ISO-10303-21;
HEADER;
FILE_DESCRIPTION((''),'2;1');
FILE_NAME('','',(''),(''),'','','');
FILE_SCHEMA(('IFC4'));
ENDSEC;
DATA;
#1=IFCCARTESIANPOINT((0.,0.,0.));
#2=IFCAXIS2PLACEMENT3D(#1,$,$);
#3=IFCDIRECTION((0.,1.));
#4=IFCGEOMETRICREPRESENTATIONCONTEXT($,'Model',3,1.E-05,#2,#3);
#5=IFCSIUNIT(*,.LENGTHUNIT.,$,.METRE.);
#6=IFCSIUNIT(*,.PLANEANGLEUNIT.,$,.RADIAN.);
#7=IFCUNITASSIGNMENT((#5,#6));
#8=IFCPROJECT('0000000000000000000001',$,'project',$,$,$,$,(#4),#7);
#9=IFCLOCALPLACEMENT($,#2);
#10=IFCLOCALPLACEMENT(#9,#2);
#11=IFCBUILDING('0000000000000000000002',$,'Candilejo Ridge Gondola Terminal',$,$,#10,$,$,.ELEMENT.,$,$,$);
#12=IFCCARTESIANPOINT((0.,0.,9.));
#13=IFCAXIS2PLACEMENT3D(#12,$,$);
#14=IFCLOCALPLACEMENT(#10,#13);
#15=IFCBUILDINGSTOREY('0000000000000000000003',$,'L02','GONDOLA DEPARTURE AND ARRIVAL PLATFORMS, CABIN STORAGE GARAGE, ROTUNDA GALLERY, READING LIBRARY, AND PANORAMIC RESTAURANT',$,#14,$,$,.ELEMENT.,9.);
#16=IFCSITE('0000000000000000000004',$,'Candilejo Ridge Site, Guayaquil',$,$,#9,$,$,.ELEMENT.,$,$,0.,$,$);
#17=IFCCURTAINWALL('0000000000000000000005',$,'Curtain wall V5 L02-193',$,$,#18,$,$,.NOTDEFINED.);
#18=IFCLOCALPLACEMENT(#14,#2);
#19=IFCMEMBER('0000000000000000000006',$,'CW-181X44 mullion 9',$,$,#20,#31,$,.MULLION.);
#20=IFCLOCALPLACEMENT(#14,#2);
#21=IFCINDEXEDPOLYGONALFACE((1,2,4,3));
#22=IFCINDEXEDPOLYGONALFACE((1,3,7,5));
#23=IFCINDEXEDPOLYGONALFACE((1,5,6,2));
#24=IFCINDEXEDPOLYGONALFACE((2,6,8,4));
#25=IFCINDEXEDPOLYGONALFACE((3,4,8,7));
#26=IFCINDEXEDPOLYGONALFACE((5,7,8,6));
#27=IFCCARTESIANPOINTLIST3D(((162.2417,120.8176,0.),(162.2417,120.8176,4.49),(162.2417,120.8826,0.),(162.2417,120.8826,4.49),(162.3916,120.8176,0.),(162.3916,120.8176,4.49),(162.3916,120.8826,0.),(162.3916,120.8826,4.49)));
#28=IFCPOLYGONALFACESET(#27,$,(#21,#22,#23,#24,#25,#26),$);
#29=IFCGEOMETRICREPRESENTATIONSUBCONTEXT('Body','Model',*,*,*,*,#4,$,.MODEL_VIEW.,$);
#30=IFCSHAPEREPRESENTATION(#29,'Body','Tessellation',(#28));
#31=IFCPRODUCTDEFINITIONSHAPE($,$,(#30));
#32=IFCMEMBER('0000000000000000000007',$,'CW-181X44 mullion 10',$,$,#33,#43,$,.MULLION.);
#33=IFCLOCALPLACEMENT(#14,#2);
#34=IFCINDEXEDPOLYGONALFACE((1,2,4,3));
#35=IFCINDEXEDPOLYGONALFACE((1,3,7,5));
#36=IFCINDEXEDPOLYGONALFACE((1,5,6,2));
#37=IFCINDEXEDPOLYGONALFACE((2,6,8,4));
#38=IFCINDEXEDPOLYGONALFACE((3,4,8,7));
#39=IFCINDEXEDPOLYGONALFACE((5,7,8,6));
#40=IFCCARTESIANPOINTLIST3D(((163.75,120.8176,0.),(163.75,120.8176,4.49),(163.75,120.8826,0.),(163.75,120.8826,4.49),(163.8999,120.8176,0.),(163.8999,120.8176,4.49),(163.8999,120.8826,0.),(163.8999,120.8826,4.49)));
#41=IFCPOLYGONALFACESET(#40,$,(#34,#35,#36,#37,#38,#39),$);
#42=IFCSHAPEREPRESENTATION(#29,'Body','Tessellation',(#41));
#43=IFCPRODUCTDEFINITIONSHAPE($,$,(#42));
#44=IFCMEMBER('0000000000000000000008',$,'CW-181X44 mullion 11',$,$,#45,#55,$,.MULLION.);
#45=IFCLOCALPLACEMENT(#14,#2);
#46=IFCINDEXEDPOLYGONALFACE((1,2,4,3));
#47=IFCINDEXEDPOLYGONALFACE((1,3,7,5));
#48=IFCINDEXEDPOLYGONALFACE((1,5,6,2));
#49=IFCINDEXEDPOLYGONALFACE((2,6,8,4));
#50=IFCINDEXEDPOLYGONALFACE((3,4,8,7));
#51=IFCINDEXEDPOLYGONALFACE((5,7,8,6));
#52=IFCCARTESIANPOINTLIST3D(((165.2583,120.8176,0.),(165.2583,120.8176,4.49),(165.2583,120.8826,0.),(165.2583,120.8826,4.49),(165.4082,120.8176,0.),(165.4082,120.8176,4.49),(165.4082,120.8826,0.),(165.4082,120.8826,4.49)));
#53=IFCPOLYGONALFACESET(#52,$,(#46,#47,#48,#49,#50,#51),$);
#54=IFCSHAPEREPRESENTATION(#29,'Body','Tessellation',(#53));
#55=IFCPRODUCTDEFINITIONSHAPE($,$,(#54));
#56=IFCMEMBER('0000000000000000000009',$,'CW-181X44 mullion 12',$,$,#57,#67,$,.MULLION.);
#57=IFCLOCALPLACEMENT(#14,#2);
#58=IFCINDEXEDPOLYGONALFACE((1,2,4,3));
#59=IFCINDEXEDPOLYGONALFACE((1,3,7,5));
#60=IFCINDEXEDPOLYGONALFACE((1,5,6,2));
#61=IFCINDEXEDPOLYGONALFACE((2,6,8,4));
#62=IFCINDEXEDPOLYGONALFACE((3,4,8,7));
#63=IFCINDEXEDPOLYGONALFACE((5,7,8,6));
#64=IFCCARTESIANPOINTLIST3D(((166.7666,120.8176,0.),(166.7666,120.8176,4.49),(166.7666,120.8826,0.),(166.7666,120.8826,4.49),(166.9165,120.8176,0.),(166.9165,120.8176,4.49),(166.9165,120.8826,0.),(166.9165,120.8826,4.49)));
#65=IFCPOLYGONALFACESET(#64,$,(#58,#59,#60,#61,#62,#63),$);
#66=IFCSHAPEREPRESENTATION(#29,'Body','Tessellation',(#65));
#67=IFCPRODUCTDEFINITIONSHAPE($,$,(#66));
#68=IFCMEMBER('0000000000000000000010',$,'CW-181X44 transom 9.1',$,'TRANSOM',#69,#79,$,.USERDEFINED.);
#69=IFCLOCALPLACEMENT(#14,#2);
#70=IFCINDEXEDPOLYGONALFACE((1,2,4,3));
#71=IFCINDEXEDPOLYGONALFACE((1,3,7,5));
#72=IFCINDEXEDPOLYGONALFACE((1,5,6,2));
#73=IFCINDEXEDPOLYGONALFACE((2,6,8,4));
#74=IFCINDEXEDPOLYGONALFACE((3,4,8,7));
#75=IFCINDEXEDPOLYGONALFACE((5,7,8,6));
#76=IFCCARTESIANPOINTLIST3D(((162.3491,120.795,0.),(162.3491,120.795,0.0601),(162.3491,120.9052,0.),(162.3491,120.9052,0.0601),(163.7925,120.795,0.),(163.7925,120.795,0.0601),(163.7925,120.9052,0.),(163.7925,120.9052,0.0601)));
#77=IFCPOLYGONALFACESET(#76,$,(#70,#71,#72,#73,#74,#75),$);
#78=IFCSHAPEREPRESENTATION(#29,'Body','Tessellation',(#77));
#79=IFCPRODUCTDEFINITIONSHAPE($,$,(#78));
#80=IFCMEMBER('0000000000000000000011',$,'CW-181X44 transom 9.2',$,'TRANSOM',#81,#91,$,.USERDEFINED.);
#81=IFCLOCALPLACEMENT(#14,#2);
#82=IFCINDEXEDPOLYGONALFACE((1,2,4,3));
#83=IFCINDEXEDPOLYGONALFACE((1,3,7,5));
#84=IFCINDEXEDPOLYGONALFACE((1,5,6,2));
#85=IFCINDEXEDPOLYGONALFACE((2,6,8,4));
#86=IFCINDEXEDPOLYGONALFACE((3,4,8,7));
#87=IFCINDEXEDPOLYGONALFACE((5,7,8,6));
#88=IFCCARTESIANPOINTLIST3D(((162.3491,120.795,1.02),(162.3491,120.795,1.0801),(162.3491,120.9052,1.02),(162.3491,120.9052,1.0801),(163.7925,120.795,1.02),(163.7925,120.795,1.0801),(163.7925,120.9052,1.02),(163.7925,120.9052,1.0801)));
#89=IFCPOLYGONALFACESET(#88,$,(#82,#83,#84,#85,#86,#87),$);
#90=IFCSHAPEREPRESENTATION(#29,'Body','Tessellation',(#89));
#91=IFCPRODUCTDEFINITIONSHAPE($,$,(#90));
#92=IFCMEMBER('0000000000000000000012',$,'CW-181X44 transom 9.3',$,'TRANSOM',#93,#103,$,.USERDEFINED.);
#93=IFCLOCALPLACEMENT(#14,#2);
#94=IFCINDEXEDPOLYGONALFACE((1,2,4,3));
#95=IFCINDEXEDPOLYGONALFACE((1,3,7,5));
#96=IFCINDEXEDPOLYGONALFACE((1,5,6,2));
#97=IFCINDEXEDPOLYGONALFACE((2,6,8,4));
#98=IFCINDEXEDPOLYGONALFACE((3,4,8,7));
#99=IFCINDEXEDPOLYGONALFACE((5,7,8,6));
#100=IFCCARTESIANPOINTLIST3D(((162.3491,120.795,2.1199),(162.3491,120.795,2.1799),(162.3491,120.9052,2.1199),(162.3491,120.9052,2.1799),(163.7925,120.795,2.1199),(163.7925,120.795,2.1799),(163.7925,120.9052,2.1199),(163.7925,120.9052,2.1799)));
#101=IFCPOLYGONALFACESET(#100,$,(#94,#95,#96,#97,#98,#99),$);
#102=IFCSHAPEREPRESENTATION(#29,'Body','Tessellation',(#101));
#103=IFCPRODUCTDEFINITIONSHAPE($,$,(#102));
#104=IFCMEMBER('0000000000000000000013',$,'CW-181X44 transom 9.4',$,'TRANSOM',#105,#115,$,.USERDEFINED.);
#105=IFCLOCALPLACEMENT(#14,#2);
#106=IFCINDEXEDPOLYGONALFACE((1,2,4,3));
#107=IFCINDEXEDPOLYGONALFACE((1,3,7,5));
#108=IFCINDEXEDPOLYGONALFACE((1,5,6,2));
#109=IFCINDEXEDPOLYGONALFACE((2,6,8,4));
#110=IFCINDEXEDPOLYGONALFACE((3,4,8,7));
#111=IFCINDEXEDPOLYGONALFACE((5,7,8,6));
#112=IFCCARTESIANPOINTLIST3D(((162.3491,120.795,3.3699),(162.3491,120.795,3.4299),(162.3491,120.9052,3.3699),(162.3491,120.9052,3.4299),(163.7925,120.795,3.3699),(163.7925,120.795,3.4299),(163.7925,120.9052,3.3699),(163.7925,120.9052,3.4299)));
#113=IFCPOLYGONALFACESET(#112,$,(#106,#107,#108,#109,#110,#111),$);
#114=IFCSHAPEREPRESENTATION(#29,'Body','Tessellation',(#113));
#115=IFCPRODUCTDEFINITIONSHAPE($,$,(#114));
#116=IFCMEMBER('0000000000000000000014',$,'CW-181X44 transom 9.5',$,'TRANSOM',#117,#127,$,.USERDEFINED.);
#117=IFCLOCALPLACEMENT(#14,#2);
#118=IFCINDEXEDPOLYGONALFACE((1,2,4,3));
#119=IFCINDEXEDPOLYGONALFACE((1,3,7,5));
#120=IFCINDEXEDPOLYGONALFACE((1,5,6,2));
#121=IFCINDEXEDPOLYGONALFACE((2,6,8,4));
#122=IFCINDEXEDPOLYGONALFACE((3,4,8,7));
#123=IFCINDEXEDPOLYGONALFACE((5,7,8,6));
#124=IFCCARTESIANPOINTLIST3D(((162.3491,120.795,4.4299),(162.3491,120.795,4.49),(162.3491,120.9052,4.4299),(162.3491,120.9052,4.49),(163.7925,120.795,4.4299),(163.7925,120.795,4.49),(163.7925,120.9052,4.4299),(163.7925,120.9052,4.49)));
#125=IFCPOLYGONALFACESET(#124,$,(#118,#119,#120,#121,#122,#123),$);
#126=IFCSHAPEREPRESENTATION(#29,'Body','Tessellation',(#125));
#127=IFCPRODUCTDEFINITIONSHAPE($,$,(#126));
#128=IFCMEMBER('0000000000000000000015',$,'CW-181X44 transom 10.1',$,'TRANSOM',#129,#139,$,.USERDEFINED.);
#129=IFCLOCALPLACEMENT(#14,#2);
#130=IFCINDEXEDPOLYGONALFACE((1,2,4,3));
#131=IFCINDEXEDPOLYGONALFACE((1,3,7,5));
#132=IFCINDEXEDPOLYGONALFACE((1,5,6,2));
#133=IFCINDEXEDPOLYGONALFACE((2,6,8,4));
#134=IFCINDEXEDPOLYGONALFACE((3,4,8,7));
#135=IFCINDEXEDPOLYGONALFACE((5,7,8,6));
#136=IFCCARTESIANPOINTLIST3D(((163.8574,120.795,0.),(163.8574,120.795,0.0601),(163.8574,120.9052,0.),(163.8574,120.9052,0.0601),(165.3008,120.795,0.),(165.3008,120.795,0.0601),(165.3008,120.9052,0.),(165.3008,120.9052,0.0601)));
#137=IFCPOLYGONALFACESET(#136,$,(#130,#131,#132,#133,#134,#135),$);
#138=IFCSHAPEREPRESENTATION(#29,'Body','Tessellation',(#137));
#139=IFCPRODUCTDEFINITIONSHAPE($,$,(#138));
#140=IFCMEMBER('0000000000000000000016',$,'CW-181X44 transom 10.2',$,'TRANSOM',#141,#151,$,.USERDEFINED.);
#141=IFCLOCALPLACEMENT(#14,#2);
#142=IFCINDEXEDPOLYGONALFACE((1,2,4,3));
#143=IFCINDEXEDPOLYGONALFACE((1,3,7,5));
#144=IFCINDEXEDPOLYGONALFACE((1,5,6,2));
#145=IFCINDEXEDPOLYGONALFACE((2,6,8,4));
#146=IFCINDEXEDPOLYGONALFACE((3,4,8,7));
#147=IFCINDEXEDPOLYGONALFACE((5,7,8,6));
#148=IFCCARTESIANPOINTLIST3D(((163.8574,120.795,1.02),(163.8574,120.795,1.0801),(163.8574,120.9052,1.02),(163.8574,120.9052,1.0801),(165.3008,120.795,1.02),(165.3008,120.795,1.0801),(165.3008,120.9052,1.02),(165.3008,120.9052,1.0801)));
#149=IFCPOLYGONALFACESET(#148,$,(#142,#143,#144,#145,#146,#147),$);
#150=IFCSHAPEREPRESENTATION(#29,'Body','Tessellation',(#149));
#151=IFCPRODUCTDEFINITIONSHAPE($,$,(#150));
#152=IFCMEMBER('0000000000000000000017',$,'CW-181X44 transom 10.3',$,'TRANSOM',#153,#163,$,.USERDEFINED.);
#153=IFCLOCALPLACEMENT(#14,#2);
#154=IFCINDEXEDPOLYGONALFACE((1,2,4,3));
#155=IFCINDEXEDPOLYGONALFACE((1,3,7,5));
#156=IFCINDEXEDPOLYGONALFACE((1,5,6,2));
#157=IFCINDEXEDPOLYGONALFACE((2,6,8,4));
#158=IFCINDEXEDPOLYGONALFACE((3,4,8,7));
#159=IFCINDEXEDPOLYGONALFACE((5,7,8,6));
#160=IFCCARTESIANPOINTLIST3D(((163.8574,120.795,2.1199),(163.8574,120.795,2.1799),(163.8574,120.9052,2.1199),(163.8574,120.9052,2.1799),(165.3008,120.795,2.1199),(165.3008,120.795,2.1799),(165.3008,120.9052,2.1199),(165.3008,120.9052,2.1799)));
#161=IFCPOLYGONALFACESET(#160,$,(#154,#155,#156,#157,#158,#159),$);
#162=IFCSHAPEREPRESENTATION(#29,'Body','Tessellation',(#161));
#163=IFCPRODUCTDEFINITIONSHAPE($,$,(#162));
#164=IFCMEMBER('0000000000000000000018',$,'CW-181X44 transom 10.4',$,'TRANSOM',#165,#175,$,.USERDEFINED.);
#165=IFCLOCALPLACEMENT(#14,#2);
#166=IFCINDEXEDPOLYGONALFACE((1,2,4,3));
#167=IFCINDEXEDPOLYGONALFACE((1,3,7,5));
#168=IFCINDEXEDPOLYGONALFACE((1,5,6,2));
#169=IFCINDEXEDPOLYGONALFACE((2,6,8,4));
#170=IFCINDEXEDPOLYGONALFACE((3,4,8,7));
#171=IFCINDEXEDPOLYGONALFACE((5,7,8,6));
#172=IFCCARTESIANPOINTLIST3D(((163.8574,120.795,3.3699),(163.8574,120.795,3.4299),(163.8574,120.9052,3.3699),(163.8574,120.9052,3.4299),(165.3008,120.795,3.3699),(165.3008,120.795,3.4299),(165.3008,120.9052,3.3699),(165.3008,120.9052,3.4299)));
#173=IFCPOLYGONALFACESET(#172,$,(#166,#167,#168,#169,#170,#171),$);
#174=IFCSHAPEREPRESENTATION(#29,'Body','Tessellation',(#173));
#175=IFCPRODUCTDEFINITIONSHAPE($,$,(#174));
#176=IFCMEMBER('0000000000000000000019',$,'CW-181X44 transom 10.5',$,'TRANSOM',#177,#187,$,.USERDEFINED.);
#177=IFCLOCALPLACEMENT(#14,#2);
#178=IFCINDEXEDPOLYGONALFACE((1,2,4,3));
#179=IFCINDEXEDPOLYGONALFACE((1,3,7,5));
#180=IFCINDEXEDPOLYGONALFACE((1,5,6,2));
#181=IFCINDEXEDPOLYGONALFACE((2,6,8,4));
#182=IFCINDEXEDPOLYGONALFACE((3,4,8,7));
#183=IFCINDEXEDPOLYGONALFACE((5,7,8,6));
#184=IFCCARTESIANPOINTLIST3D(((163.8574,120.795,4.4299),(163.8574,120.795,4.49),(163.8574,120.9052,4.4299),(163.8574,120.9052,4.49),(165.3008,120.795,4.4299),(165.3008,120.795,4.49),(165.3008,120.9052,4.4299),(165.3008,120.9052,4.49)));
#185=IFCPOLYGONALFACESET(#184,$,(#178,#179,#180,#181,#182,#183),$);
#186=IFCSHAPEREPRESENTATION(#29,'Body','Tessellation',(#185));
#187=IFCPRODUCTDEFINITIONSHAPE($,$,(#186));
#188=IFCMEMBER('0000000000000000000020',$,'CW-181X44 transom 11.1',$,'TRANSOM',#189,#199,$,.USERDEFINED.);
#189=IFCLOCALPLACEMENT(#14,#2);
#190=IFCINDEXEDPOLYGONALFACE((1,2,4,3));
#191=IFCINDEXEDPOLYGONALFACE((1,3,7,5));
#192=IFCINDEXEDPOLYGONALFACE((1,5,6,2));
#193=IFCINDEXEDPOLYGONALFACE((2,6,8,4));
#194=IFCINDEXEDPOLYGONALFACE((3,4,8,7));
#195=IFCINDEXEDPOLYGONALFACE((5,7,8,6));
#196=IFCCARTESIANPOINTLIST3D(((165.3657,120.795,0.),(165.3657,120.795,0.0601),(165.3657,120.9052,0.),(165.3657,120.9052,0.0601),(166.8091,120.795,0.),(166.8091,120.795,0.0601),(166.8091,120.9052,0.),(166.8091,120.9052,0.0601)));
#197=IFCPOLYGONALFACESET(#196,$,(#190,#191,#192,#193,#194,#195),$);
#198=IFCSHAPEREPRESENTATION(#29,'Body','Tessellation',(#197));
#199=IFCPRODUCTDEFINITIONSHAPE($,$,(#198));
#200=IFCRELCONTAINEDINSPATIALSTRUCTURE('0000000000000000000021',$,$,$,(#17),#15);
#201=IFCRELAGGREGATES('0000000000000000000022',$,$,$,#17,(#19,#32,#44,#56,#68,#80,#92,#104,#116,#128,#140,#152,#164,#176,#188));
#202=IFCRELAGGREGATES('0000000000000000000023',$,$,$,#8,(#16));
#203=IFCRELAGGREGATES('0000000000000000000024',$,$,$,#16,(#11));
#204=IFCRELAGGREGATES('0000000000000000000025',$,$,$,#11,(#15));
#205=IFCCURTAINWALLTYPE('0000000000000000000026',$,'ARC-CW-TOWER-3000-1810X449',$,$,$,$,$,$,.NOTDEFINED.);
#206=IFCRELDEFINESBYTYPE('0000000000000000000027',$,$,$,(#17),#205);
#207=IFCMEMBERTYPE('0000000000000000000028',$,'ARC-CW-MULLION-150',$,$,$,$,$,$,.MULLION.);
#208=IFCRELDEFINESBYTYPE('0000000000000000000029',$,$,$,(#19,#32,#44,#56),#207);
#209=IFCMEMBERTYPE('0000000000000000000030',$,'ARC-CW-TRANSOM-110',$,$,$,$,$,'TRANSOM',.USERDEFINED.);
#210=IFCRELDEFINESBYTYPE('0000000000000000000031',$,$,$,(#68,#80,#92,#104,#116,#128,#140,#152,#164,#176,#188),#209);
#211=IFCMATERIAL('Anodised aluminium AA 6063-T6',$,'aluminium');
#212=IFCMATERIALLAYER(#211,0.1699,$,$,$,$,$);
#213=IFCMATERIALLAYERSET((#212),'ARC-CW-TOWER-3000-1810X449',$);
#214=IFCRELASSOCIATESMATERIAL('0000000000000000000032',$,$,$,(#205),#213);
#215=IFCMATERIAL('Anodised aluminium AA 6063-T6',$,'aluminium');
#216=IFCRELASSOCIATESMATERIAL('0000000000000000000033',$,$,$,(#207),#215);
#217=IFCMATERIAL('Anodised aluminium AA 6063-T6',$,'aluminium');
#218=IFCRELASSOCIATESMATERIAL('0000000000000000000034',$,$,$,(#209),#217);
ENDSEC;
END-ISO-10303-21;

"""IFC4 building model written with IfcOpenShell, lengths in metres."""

from ifc_helpers import new_model, si_unit, direction, frame, origin, origin_2d, place, context, subcontext, project, spatial, rectangle, extrude, material, layer, layer_set, material_profile, profile_set, type_object, element, aggregate, save


model = new_model("IFC4")

# Units and contexts
model_context = context("Model", 3, precision=1e-05, world=origin(), true_north=direction((0.0, 1.0)))
body_context = subcontext(model_context, "Body", "Model", "MODEL_VIEW")
ifc_project = project(units=[si_unit("LENGTHUNIT", "METRE"), si_unit("PLANEANGLEUNIT", "RADIAN")], contexts=[model_context])

# Site, building, storey
site_placement = place(None, origin())
site = spatial("IfcSite", under=ifc_project, at=site_placement, Name="Candilejo Ridge Site, Guayaquil", CompositionType="ELEMENT", RefElevation=0.0)
building_placement = place(site_placement, origin())
building = spatial("IfcBuilding", under=site, at=building_placement, Name="Candilejo Ridge Gondola Terminal", CompositionType="ELEMENT")
storey_placement = place(building_placement, frame((0.0, 0.0, 9.0)))
storey = spatial("IfcBuildingStorey", under=building, at=storey_placement, Name="L02", Description="GONDOLA DEPARTURE AND ARRIVAL PLATFORMS, CABIN STORAGE GARAGE, ROTUNDA GALLERY, READING LIBRARY, AND PANORAMIC RESTAURANT", CompositionType="ELEMENT", Elevation=9.0)

# Curtain wall, members
ifc_material_1 = material(Name="Anodised aluminium AA 6063-T6", Category="aluminium")
ifc_layer_1 = layer(ifc_material_1, 0.1699)
ifc_layer_set_1 = layer_set([ifc_layer_1], Name="ARC-CW-TOWER-3000-1810X449")
curtain_wall_type = type_object("IfcCurtainWallType", Name="ARC-CW-TOWER-3000-1810X449", PredefinedType="NOTDEFINED", material=ifc_layer_set_1)
curtain_wall_placement = place(storey_placement, origin())
curtain_wall = element("IfcCurtainWall", 1, at=curtain_wall_placement, inside=storey, type_object=curtain_wall_type, Name="Curtain wall V5 L02-193", PredefinedType="NOTDEFINED")
ifc_material_2 = material(Name="Anodised aluminium AA 6063-T6", Category="aluminium")
ifc_material_profile_1 = material_profile(ifc_material_2, rectangle(XDim=0.0649, YDim=0.1499, at=origin_2d()))
ifc_profile_set_1 = profile_set([ifc_material_profile_1], Name="Anodised aluminium AA 6063-T6")
member_type_1 = type_object("IfcMemberType", Name="ARC-CW-MULLION-150", PredefinedType="MULLION", material=ifc_profile_set_1)
member_1_placement = place(storey_placement, frame((162.3167, 120.8501, 0.0), z_axis=(0.0, 0.0, 1.0), x_axis=(0.0, 1.0, 0.0)))
member_1 = element("IfcMember", 2, at=member_1_placement, type_object=member_type_1, Name="CW-181X44 mullion 9", PredefinedType="MULLION", context=body_context, shape_type="SweptSolid", body=[
    extrude(rectangle(XDim=0.0649, YDim=0.1499, at=origin_2d()), origin(), (0.0, 0.0, 1.0), 4.49),
])
member_2_placement = place(storey_placement, frame((163.825, 120.8501, 0.0), z_axis=(0.0, 0.0, 1.0), x_axis=(0.0, 1.0, 0.0)))
member_2 = element("IfcMember", 3, at=member_2_placement, type_object=member_type_1, Name="CW-181X44 mullion 10", PredefinedType="MULLION", context=body_context, shape_type="SweptSolid", body=[
    extrude(rectangle(XDim=0.0649, YDim=0.1499, at=origin_2d()), origin(), (0.0, 0.0, 1.0), 4.49),
])
member_3_placement = place(storey_placement, frame((165.3333, 120.8501, 0.0), z_axis=(0.0, 0.0, 1.0), x_axis=(0.0, 1.0, 0.0)))
member_3 = element("IfcMember", 4, at=member_3_placement, type_object=member_type_1, Name="CW-181X44 mullion 11", PredefinedType="MULLION", context=body_context, shape_type="SweptSolid", body=[
    extrude(rectangle(XDim=0.0649, YDim=0.1499, at=origin_2d()), origin(), (0.0, 0.0, 1.0), 4.49),
])
member_4_placement = place(storey_placement, frame((166.8416, 120.8501, 0.0), z_axis=(0.0, 0.0, 1.0), x_axis=(0.0, 1.0, 0.0)))
member_4 = element("IfcMember", 5, at=member_4_placement, type_object=member_type_1, Name="CW-181X44 mullion 12", PredefinedType="MULLION", context=body_context, shape_type="SweptSolid", body=[
    extrude(rectangle(XDim=0.0649, YDim=0.1499, at=origin_2d()), origin(), (0.0, 0.0, 1.0), 4.49),
])
ifc_material_3 = material(Name="Anodised aluminium AA 6063-T6", Category="aluminium")
ifc_material_profile_2 = material_profile(ifc_material_3, rectangle(XDim=0.1101, YDim=0.0601, at=origin_2d()))
ifc_profile_set_2 = profile_set([ifc_material_profile_2], Name="Anodised aluminium AA 6063-T6")
member_type_2 = type_object("IfcMemberType", Name="ARC-CW-TRANSOM-110", ElementType="TRANSOM", PredefinedType="USERDEFINED", material=ifc_profile_set_2)
member_5_placement = place(storey_placement, frame((162.3491, 120.8501, 0.03), z_axis=(1.0, 0.0, 0.0), x_axis=(0.0, 1.0, 0.0)))
member_5 = element("IfcMember", 6, at=member_5_placement, type_object=member_type_2, Name="CW-181X44 transom 9.1", ObjectType="TRANSOM", PredefinedType="USERDEFINED", context=body_context, shape_type="SweptSolid", body=[
    extrude(rectangle(XDim=0.1101, YDim=0.0601, at=origin_2d()), origin(), (0.0, 0.0, 1.0), 1.4434),
])
member_6_placement = place(storey_placement, frame((162.3491, 120.8501, 1.05), z_axis=(1.0, 0.0, 0.0), x_axis=(0.0, 1.0, 0.0)))
member_6 = element("IfcMember", 7, at=member_6_placement, type_object=member_type_2, Name="CW-181X44 transom 9.2", ObjectType="TRANSOM", PredefinedType="USERDEFINED", context=body_context, shape_type="SweptSolid", body=[
    extrude(rectangle(XDim=0.1101, YDim=0.0601, at=origin_2d()), origin(), (0.0, 0.0, 1.0), 1.4434),
])
member_7_placement = place(storey_placement, frame((162.3491, 120.8501, 2.1499), z_axis=(1.0, 0.0, 0.0), x_axis=(0.0, 1.0, 0.0)))
member_7 = element("IfcMember", 8, at=member_7_placement, type_object=member_type_2, Name="CW-181X44 transom 9.3", ObjectType="TRANSOM", PredefinedType="USERDEFINED", context=body_context, shape_type="SweptSolid", body=[
    extrude(rectangle(XDim=0.1101, YDim=0.0601, at=origin_2d()), origin(), (0.0, 0.0, 1.0), 1.4434),
])
member_8_placement = place(storey_placement, frame((162.3491, 120.8501, 3.3999), z_axis=(1.0, 0.0, 0.0), x_axis=(0.0, 1.0, 0.0)))
member_8 = element("IfcMember", 9, at=member_8_placement, type_object=member_type_2, Name="CW-181X44 transom 9.4", ObjectType="TRANSOM", PredefinedType="USERDEFINED", context=body_context, shape_type="SweptSolid", body=[
    extrude(rectangle(XDim=0.1101, YDim=0.0601, at=origin_2d()), origin(), (0.0, 0.0, 1.0), 1.4434),
])
member_9_placement = place(storey_placement, frame((162.3491, 120.8501, 4.46), z_axis=(1.0, 0.0, 0.0), x_axis=(0.0, 1.0, 0.0)))
member_9 = element("IfcMember", 10, at=member_9_placement, type_object=member_type_2, Name="CW-181X44 transom 9.5", ObjectType="TRANSOM", PredefinedType="USERDEFINED", context=body_context, shape_type="SweptSolid", body=[
    extrude(rectangle(XDim=0.1101, YDim=0.0601, at=origin_2d()), origin(), (0.0, 0.0, 1.0), 1.4434),
])
member_10_placement = place(storey_placement, frame((163.8574, 120.8501, 0.03), z_axis=(1.0, 0.0, 0.0), x_axis=(0.0, 1.0, 0.0)))
member_10 = element("IfcMember", 11, at=member_10_placement, type_object=member_type_2, Name="CW-181X44 transom 10.1", ObjectType="TRANSOM", PredefinedType="USERDEFINED", context=body_context, shape_type="SweptSolid", body=[
    extrude(rectangle(XDim=0.1101, YDim=0.0601, at=origin_2d()), origin(), (0.0, 0.0, 1.0), 1.4434),
])
member_11_placement = place(storey_placement, frame((163.8574, 120.8501, 1.05), z_axis=(1.0, 0.0, 0.0), x_axis=(0.0, 1.0, 0.0)))
member_11 = element("IfcMember", 12, at=member_11_placement, type_object=member_type_2, Name="CW-181X44 transom 10.2", ObjectType="TRANSOM", PredefinedType="USERDEFINED", context=body_context, shape_type="SweptSolid", body=[
    extrude(rectangle(XDim=0.1101, YDim=0.0601, at=origin_2d()), origin(), (0.0, 0.0, 1.0), 1.4434),
])
member_12_placement = place(storey_placement, frame((163.8574, 120.8501, 2.1499), z_axis=(1.0, 0.0, 0.0), x_axis=(0.0, 1.0, 0.0)))
member_12 = element("IfcMember", 13, at=member_12_placement, type_object=member_type_2, Name="CW-181X44 transom 10.3", ObjectType="TRANSOM", PredefinedType="USERDEFINED", context=body_context, shape_type="SweptSolid", body=[
    extrude(rectangle(XDim=0.1101, YDim=0.0601, at=origin_2d()), origin(), (0.0, 0.0, 1.0), 1.4434),
])
member_13_placement = place(storey_placement, frame((163.8574, 120.8501, 3.3999), z_axis=(1.0, 0.0, 0.0), x_axis=(0.0, 1.0, 0.0)))
member_13 = element("IfcMember", 14, at=member_13_placement, type_object=member_type_2, Name="CW-181X44 transom 10.4", ObjectType="TRANSOM", PredefinedType="USERDEFINED", context=body_context, shape_type="SweptSolid", body=[
    extrude(rectangle(XDim=0.1101, YDim=0.0601, at=origin_2d()), origin(), (0.0, 0.0, 1.0), 1.4434),
])
member_14_placement = place(storey_placement, frame((163.8574, 120.8501, 4.46), z_axis=(1.0, 0.0, 0.0), x_axis=(0.0, 1.0, 0.0)))
member_14 = element("IfcMember", 15, at=member_14_placement, type_object=member_type_2, Name="CW-181X44 transom 10.5", ObjectType="TRANSOM", PredefinedType="USERDEFINED", context=body_context, shape_type="SweptSolid", body=[
    extrude(rectangle(XDim=0.1101, YDim=0.0601, at=origin_2d()), origin(), (0.0, 0.0, 1.0), 1.4434),
])
member_15_placement = place(storey_placement, frame((165.3657, 120.8501, 0.03), z_axis=(1.0, 0.0, 0.0), x_axis=(0.0, 1.0, 0.0)))
member_15 = element("IfcMember", 16, at=member_15_placement, type_object=member_type_2, Name="CW-181X44 transom 11.1", ObjectType="TRANSOM", PredefinedType="USERDEFINED", context=body_context, shape_type="SweptSolid", body=[
    extrude(rectangle(XDim=0.1101, YDim=0.0601, at=origin_2d()), origin(), (0.0, 0.0, 1.0), 1.4434),
])
aggregate(curtain_wall, [member_1, member_2, member_3, member_4, member_5, member_6, member_7, member_8, member_9, member_10, member_11, member_12, member_13, member_14, member_15])

save(model, "model.ifc")
